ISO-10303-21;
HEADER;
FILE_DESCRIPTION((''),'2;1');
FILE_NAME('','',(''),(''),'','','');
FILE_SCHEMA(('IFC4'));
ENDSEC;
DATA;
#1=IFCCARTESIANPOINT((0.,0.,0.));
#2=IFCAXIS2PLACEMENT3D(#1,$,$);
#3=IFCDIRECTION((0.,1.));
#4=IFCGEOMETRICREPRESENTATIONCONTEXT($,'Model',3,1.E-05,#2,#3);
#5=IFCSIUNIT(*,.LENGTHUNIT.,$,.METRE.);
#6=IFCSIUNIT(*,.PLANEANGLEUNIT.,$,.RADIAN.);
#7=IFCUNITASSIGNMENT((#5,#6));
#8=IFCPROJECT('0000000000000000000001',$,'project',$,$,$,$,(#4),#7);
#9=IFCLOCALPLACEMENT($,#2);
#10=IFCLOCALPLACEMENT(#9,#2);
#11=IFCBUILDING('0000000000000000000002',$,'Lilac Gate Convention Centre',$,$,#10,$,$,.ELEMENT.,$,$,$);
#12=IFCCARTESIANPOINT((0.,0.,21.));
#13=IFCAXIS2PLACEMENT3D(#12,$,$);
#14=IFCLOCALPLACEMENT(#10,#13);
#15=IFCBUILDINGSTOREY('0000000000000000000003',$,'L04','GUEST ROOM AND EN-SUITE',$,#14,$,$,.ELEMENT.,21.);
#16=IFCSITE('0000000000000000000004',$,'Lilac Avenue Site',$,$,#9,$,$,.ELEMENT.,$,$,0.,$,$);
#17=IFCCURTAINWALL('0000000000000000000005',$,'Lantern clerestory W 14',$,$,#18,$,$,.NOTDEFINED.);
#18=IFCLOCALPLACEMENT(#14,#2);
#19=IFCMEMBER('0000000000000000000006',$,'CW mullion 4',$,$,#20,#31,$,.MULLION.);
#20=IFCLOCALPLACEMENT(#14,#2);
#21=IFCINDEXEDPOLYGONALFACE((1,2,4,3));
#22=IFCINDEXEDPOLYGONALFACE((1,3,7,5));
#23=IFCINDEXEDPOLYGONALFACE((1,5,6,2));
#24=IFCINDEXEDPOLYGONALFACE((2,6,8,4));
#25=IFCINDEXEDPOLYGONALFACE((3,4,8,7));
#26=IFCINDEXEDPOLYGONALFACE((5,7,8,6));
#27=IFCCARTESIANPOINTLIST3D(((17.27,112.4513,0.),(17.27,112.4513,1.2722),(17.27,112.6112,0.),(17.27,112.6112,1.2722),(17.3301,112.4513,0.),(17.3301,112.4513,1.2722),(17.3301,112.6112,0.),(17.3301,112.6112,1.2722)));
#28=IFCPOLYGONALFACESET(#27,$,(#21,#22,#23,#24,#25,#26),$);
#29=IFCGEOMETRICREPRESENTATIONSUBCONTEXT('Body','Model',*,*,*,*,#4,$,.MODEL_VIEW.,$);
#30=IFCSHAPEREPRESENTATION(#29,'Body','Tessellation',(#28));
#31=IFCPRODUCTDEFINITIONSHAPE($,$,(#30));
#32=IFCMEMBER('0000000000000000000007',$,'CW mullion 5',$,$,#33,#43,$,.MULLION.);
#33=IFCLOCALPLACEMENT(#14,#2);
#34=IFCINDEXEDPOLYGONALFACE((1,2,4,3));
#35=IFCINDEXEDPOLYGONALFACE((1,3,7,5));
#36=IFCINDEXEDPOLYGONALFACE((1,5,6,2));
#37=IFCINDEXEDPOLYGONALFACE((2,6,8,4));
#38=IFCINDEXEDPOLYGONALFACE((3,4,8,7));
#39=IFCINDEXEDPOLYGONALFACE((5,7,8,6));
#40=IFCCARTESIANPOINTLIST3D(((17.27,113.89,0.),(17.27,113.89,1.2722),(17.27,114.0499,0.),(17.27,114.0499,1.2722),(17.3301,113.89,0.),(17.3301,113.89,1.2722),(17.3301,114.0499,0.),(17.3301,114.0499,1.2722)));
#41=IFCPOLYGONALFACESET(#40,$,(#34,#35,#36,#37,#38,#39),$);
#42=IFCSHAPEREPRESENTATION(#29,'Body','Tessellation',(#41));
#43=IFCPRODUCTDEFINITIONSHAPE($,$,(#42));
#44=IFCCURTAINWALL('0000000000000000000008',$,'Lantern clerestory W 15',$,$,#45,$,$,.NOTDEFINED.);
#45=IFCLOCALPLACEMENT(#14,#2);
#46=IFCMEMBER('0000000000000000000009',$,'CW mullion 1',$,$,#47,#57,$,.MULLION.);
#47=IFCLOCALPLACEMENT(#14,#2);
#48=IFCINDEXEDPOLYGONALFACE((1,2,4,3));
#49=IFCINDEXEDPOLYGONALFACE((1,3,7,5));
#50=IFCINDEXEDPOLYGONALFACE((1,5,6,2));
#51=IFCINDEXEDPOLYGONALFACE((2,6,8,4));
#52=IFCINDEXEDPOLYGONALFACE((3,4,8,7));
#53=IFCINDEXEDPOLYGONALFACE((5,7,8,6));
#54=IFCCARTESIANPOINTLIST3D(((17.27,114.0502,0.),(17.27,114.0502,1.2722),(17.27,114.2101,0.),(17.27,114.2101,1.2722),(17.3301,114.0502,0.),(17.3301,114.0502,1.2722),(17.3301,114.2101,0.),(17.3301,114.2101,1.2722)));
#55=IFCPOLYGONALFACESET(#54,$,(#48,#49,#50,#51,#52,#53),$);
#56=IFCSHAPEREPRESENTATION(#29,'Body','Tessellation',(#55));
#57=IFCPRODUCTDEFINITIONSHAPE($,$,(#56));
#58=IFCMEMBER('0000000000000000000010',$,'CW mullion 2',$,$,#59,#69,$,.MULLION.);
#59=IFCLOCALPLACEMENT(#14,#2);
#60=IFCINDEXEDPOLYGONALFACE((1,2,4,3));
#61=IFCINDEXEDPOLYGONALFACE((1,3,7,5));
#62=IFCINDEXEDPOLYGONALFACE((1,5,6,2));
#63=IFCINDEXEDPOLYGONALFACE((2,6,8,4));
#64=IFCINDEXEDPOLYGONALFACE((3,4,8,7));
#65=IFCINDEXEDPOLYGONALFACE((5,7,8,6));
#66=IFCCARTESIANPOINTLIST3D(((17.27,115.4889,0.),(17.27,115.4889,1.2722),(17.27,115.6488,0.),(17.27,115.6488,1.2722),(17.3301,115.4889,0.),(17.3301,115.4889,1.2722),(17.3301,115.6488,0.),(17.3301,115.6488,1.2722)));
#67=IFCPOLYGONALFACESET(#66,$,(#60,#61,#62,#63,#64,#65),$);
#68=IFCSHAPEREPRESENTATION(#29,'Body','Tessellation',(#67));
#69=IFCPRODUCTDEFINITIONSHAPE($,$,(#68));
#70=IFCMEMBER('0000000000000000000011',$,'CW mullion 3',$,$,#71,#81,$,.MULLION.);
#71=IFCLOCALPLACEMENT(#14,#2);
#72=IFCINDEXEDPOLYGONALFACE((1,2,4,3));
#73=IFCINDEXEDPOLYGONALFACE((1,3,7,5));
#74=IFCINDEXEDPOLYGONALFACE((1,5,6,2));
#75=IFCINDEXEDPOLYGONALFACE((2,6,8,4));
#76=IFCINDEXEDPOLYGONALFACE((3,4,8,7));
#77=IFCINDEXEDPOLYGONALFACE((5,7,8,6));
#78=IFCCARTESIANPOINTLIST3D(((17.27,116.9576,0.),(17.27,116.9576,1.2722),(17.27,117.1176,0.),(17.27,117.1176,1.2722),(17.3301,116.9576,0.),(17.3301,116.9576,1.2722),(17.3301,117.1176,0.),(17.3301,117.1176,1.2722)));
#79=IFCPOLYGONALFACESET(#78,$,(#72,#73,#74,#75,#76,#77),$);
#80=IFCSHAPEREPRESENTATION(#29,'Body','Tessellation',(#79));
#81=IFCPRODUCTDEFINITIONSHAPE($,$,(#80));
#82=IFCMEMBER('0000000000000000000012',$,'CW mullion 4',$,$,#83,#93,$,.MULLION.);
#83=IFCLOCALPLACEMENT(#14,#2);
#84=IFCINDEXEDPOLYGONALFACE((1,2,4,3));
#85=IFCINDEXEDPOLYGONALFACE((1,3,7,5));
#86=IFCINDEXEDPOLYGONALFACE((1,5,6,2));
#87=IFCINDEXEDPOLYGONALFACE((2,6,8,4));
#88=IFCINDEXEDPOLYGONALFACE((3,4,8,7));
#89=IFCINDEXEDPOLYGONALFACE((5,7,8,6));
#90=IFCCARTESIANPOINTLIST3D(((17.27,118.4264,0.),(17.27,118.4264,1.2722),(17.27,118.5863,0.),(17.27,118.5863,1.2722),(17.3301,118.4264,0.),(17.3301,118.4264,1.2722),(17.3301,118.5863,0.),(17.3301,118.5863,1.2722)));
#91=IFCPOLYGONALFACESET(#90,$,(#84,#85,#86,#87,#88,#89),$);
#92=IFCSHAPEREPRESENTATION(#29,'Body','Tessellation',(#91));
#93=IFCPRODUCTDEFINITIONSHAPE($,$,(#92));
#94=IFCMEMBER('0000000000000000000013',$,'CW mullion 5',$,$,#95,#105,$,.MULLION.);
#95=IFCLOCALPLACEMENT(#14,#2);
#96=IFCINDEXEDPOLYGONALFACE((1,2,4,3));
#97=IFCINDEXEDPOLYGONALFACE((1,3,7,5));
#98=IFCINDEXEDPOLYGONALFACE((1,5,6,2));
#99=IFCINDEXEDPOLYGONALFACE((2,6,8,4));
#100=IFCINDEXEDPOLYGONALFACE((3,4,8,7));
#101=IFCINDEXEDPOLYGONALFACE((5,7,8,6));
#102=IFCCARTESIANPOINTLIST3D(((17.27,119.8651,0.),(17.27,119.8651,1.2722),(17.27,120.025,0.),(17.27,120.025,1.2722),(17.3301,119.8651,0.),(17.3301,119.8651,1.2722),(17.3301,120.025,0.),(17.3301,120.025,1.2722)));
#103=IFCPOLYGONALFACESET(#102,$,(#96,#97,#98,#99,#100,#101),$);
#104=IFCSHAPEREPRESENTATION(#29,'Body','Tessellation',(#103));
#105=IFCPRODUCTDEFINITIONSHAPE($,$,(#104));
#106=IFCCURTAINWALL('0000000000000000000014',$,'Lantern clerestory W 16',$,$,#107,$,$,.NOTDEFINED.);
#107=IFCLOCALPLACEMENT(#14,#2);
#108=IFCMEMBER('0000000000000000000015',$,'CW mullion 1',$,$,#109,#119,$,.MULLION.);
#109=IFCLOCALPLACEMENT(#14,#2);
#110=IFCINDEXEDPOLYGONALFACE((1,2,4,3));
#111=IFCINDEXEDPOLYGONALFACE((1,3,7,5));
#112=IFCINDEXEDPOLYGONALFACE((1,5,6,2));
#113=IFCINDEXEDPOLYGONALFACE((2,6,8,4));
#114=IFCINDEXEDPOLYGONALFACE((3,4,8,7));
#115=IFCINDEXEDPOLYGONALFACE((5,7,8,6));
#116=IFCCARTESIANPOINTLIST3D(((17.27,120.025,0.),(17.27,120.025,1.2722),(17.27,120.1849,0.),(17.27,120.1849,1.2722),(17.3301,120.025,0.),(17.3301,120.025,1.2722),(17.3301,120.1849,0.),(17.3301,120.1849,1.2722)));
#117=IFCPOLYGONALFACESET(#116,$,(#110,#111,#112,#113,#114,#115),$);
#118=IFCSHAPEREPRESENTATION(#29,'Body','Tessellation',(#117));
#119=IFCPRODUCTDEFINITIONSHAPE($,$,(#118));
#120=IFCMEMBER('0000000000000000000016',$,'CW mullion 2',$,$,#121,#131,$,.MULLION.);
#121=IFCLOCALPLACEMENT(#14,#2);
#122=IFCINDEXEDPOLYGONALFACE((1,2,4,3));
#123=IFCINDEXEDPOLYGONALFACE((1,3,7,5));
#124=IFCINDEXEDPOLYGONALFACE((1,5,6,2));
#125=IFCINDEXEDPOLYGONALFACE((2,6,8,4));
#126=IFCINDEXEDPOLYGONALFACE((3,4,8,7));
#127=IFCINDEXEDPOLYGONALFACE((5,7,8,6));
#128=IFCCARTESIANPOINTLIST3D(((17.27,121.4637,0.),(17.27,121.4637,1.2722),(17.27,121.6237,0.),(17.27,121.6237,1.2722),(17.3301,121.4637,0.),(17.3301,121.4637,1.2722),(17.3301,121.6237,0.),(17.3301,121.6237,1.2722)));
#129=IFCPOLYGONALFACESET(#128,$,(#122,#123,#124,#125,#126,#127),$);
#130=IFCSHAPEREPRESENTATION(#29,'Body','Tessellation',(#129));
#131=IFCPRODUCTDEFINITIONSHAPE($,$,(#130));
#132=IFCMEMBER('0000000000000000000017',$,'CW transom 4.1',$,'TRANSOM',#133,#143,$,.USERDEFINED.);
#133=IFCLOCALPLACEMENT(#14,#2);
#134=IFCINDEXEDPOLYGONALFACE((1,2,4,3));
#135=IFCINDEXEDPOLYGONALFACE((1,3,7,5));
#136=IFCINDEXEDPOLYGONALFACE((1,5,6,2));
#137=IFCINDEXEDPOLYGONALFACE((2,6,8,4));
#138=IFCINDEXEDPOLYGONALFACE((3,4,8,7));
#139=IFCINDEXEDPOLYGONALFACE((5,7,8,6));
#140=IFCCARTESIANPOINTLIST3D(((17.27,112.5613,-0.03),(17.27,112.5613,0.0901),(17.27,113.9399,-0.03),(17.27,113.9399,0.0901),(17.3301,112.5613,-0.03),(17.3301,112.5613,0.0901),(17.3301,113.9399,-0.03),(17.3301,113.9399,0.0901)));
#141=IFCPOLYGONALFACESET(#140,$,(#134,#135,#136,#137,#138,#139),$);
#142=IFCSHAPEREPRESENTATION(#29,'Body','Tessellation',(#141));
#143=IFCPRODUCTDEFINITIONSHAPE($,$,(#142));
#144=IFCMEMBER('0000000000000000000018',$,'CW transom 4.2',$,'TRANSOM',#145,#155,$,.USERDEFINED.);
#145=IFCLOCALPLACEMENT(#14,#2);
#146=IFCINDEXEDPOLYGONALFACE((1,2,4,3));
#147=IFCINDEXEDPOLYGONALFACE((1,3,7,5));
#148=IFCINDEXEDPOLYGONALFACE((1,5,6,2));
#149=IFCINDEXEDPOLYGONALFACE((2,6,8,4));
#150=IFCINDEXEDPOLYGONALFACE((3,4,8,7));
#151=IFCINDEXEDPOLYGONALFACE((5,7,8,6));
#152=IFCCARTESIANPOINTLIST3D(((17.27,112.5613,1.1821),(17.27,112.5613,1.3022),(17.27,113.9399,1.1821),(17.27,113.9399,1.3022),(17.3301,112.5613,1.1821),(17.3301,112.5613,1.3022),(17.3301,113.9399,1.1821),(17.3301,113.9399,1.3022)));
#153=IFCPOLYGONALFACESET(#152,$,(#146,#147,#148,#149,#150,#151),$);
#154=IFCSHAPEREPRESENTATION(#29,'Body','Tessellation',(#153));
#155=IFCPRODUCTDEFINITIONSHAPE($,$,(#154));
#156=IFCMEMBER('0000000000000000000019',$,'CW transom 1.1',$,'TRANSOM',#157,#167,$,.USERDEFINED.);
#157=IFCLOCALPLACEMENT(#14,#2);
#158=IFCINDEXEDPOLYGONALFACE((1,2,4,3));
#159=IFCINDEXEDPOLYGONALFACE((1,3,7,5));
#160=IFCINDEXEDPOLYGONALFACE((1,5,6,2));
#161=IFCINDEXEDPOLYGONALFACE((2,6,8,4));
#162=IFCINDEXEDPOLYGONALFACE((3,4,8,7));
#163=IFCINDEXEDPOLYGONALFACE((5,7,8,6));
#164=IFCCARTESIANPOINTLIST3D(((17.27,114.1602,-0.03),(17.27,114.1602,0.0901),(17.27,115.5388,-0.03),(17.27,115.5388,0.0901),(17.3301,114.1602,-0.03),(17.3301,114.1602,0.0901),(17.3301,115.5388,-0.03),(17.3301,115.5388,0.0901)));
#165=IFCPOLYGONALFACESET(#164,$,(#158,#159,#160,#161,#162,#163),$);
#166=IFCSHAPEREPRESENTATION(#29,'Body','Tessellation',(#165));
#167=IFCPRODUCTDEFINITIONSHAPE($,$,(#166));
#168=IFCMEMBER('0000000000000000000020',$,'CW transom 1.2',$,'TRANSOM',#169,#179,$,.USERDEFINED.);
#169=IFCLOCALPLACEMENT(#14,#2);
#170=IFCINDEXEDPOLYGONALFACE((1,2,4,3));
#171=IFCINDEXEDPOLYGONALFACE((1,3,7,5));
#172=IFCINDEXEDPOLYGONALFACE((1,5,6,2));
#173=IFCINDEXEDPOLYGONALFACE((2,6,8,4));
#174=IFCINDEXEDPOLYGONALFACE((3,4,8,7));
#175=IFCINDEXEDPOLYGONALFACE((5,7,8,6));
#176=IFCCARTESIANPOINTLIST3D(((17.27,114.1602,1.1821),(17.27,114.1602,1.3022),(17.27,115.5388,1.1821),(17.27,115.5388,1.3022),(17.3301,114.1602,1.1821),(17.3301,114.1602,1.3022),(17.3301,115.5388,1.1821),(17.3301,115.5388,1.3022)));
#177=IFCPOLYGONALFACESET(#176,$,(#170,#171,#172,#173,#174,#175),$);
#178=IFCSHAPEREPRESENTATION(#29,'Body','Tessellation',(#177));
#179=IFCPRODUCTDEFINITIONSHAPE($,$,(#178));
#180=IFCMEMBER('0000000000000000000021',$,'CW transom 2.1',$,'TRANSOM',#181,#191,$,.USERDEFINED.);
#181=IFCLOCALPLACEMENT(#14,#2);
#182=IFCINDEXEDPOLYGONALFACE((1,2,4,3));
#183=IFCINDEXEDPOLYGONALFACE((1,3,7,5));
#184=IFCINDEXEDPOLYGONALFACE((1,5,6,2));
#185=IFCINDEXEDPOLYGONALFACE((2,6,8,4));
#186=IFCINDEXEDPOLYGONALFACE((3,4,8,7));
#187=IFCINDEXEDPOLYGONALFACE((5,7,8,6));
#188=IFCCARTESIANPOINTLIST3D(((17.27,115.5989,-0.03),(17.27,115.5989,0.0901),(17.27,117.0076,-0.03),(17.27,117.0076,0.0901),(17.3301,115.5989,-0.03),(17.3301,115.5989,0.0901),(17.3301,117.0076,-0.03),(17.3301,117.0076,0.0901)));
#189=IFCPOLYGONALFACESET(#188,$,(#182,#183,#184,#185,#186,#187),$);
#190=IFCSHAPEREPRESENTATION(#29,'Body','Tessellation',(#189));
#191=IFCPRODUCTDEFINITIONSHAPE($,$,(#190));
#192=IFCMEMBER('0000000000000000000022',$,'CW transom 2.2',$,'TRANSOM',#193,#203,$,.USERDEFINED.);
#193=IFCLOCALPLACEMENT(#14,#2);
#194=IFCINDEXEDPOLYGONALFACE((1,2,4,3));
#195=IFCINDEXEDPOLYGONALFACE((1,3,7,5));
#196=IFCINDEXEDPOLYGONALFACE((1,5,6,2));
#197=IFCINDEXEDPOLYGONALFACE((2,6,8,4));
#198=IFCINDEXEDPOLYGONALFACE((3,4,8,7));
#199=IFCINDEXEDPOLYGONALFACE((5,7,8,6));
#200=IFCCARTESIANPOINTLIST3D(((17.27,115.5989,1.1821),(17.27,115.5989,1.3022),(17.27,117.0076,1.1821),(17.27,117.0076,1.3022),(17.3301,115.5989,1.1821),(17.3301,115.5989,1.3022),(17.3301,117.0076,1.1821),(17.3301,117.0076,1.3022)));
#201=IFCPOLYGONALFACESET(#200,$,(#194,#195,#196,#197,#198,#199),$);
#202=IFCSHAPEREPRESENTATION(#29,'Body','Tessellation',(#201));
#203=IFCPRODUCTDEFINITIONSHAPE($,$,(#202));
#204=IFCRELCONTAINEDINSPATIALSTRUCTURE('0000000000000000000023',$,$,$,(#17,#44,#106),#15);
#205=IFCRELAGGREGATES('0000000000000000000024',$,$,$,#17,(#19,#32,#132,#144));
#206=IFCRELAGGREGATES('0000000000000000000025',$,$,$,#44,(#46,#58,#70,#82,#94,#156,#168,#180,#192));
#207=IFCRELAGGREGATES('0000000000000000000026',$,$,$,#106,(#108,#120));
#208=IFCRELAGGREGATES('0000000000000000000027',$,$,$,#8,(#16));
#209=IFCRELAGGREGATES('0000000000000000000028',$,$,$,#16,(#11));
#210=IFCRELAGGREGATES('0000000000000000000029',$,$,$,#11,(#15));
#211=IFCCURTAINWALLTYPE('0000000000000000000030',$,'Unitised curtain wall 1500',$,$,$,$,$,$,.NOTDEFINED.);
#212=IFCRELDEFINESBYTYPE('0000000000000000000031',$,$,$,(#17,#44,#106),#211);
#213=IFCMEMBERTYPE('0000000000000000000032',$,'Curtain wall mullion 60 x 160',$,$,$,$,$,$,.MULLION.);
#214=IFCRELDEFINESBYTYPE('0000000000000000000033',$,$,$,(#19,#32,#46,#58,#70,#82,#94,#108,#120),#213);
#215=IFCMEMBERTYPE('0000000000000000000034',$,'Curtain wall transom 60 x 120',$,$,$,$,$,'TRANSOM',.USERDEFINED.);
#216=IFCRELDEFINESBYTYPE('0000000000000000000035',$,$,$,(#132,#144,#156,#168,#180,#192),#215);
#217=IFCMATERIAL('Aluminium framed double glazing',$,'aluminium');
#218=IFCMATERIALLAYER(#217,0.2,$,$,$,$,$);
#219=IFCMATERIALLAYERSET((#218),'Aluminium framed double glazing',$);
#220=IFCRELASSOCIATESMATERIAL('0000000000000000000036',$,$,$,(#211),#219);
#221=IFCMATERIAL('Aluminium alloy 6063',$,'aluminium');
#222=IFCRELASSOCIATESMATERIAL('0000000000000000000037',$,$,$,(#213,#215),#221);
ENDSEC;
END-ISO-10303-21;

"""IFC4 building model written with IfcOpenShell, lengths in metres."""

from ifc_helpers import new_model, si_unit, direction, frame, origin, origin_2d, place, context, subcontext, project, spatial, rectangle, extrude, material, layer, layer_set, material_profile, profile_set, type_object, element, aggregate, save


model = new_model("IFC4")

# Units and contexts
model_context = context("Model", 3, precision=1e-05, world=origin(), true_north=direction((0.0, 1.0)))
body_context = subcontext(model_context, "Body", "Model", "MODEL_VIEW")
ifc_project = project(units=[si_unit("LENGTHUNIT", "METRE"), si_unit("PLANEANGLEUNIT", "RADIAN")], contexts=[model_context])

# Site, building, storey
site_placement = place(None, origin())
site = spatial("IfcSite", under=ifc_project, at=site_placement, Name="Lilac Avenue Site", CompositionType="ELEMENT", RefElevation=0.0)
building_placement = place(site_placement, origin())
building = spatial("IfcBuilding", under=site, at=building_placement, Name="Lilac Gate Convention Centre", CompositionType="ELEMENT")
storey_placement = place(building_placement, frame((0.0, 0.0, 21.0)))
storey = spatial("IfcBuildingStorey", under=building, at=storey_placement, Name="L04", Description="GUEST ROOM AND EN-SUITE", CompositionType="ELEMENT", Elevation=21.0)

# Curtain walls, members
ifc_material_1 = material(Name="Aluminium framed double glazing", Category="aluminium")
ifc_layer_1 = layer(ifc_material_1, 0.2)
ifc_layer_set_1 = layer_set([ifc_layer_1], Name="Aluminium framed double glazing")
curtain_wall_type = type_object("IfcCurtainWallType", Name="Unitised curtain wall 1500", PredefinedType="NOTDEFINED", material=ifc_layer_set_1)
curtain_wall_1_placement = place(storey_placement, origin())
curtain_wall_1 = element("IfcCurtainWall", 1, at=curtain_wall_1_placement, inside=storey, type_object=curtain_wall_type, Name="Lantern clerestory W 14", PredefinedType="NOTDEFINED")
ifc_material_2 = material(Name="Aluminium alloy 6063", Category="aluminium")
ifc_material_profile_1 = material_profile(ifc_material_2, rectangle(XDim=0.0601, YDim=0.1599, at=origin_2d()), Name="Curtain wall mullion 60 x 160")
ifc_profile_set_1 = profile_set([ifc_material_profile_1], Name="Aluminium alloy 6063")
member_type_1 = type_object("IfcMemberType", Name="Curtain wall mullion 60 x 160", PredefinedType="MULLION", material=ifc_profile_set_1)
member_1_placement = place(storey_placement, frame((17.3, 112.5312, 0.0), z_axis=(0.0, 0.0, 1.0), x_axis=(-1.0, 0.0, 0.0)))
member_1 = element("IfcMember", 2, at=member_1_placement, type_object=member_type_1, Name="CW mullion 4", PredefinedType="MULLION", context=body_context, shape_type="SweptSolid", body=[
    extrude(rectangle(XDim=0.0601, YDim=0.1599, at=origin_2d()), origin(), (0.0, 0.0, 1.0), 1.2722),
])
member_2_placement = place(storey_placement, frame((17.3, 113.97, 0.0), z_axis=(0.0, 0.0, 1.0), x_axis=(-1.0, 0.0, 0.0)))
member_2 = element("IfcMember", 3, at=member_2_placement, type_object=member_type_1, Name="CW mullion 5", PredefinedType="MULLION", context=body_context, shape_type="SweptSolid", body=[
    extrude(rectangle(XDim=0.0601, YDim=0.1599, at=origin_2d()), origin(), (0.0, 0.0, 1.0), 1.2722),
])
curtain_wall_2_placement = place(storey_placement, origin())
curtain_wall_2 = element("IfcCurtainWall", 4, at=curtain_wall_2_placement, inside=storey, type_object=curtain_wall_type, Name="Lantern clerestory W 15", PredefinedType="NOTDEFINED")
member_3_placement = place(storey_placement, frame((17.3, 114.1301, 0.0), z_axis=(0.0, 0.0, 1.0), x_axis=(-1.0, 0.0, 0.0)))
member_3 = element("IfcMember", 5, at=member_3_placement, type_object=member_type_1, Name="CW mullion 1", PredefinedType="MULLION", context=body_context, shape_type="SweptSolid", body=[
    extrude(rectangle(XDim=0.0601, YDim=0.1599, at=origin_2d()), origin(), (0.0, 0.0, 1.0), 1.2722),
])
member_4_placement = place(storey_placement, frame((17.3, 115.5688, 0.0), z_axis=(0.0, 0.0, 1.0), x_axis=(-1.0, 0.0, 0.0)))
member_4 = element("IfcMember", 6, at=member_4_placement, type_object=member_type_1, Name="CW mullion 2", PredefinedType="MULLION", context=body_context, shape_type="SweptSolid", body=[
    extrude(rectangle(XDim=0.0601, YDim=0.1599, at=origin_2d()), origin(), (0.0, 0.0, 1.0), 1.2722),
])
member_5_placement = place(storey_placement, frame((17.3, 117.0376, 0.0), z_axis=(0.0, 0.0, 1.0), x_axis=(-1.0, 0.0, 0.0)))
member_5 = element("IfcMember", 7, at=member_5_placement, type_object=member_type_1, Name="CW mullion 3", PredefinedType="MULLION", context=body_context, shape_type="SweptSolid", body=[
    extrude(rectangle(XDim=0.0601, YDim=0.1599, at=origin_2d()), origin(), (0.0, 0.0, 1.0), 1.2722),
])
member_6_placement = place(storey_placement, frame((17.3, 118.5063, 0.0), z_axis=(0.0, 0.0, 1.0), x_axis=(-1.0, 0.0, 0.0)))
member_6 = element("IfcMember", 8, at=member_6_placement, type_object=member_type_1, Name="CW mullion 4", PredefinedType="MULLION", context=body_context, shape_type="SweptSolid", body=[
    extrude(rectangle(XDim=0.0601, YDim=0.1599, at=origin_2d()), origin(), (0.0, 0.0, 1.0), 1.2722),
])
member_7_placement = place(storey_placement, frame((17.3, 119.9451, 0.0), z_axis=(0.0, 0.0, 1.0), x_axis=(-1.0, 0.0, 0.0)))
member_7 = element("IfcMember", 9, at=member_7_placement, type_object=member_type_1, Name="CW mullion 5", PredefinedType="MULLION", context=body_context, shape_type="SweptSolid", body=[
    extrude(rectangle(XDim=0.0601, YDim=0.1599, at=origin_2d()), origin(), (0.0, 0.0, 1.0), 1.2722),
])
curtain_wall_3_placement = place(storey_placement, origin())
curtain_wall_3 = element("IfcCurtainWall", 10, at=curtain_wall_3_placement, inside=storey, type_object=curtain_wall_type, Name="Lantern clerestory W 16", PredefinedType="NOTDEFINED")
member_8_placement = place(storey_placement, frame((17.3, 120.105, 0.0), z_axis=(0.0, 0.0, 1.0), x_axis=(-1.0, 0.0, 0.0)))
member_8 = element("IfcMember", 11, at=member_8_placement, type_object=member_type_1, Name="CW mullion 1", PredefinedType="MULLION", context=body_context, shape_type="SweptSolid", body=[
    extrude(rectangle(XDim=0.0601, YDim=0.1599, at=origin_2d()), origin(), (0.0, 0.0, 1.0), 1.2722),
])
member_9_placement = place(storey_placement, frame((17.3, 121.5437, 0.0), z_axis=(0.0, 0.0, 1.0), x_axis=(-1.0, 0.0, 0.0)))
member_9 = element("IfcMember", 12, at=member_9_placement, type_object=member_type_1, Name="CW mullion 2", PredefinedType="MULLION", context=body_context, shape_type="SweptSolid", body=[
    extrude(rectangle(XDim=0.0601, YDim=0.1599, at=origin_2d()), origin(), (0.0, 0.0, 1.0), 1.2722),
])

# Members
ifc_material_profile_2 = material_profile(ifc_material_2, rectangle(XDim=0.0601, YDim=0.1201, at=origin_2d()), Name="Curtain wall transom 60 x 120")
ifc_profile_set_2 = profile_set([ifc_material_profile_2], Name="Aluminium alloy 6063")
member_type_2 = type_object("IfcMemberType", Name="Curtain wall transom 60 x 120", ElementType="TRANSOM", PredefinedType="USERDEFINED", material=ifc_profile_set_2)
member_10_placement = place(storey_placement, frame((17.3, 112.5613, 0.03), z_axis=(0.0, 1.0, 0.0), x_axis=(-1.0, 0.0, 0.0)))
member_10 = element("IfcMember", 13, at=member_10_placement, type_object=member_type_2, Name="CW transom 4.1", ObjectType="TRANSOM", PredefinedType="USERDEFINED", context=body_context, shape_type="SweptSolid", body=[
    extrude(rectangle(XDim=0.0601, YDim=0.1201, at=origin_2d()), origin(), (0.0, 0.0, 1.0), 1.3787),
])
member_11_placement = place(storey_placement, frame((17.3, 112.5613, 1.2422), z_axis=(0.0, 1.0, 0.0), x_axis=(-1.0, 0.0, 0.0)))
member_11 = element("IfcMember", 14, at=member_11_placement, type_object=member_type_2, Name="CW transom 4.2", ObjectType="TRANSOM", PredefinedType="USERDEFINED", context=body_context, shape_type="SweptSolid", body=[
    extrude(rectangle(XDim=0.0601, YDim=0.1201, at=origin_2d()), origin(), (0.0, 0.0, 1.0), 1.3787),
])
member_12_placement = place(storey_placement, frame((17.3, 114.1602, 0.03), z_axis=(0.0, 1.0, 0.0), x_axis=(-1.0, 0.0, 0.0)))
member_12 = element("IfcMember", 15, at=member_12_placement, type_object=member_type_2, Name="CW transom 1.1", ObjectType="TRANSOM", PredefinedType="USERDEFINED", context=body_context, shape_type="SweptSolid", body=[
    extrude(rectangle(XDim=0.0601, YDim=0.1201, at=origin_2d()), origin(), (0.0, 0.0, 1.0), 1.3787),
])
member_13_placement = place(storey_placement, frame((17.3, 114.1602, 1.2422), z_axis=(0.0, 1.0, 0.0), x_axis=(-1.0, 0.0, 0.0)))
member_13 = element("IfcMember", 16, at=member_13_placement, type_object=member_type_2, Name="CW transom 1.2", ObjectType="TRANSOM", PredefinedType="USERDEFINED", context=body_context, shape_type="SweptSolid", body=[
    extrude(rectangle(XDim=0.0601, YDim=0.1201, at=origin_2d()), origin(), (0.0, 0.0, 1.0), 1.3787),
])
member_14_placement = place(storey_placement, frame((17.3, 115.5989, 0.03), z_axis=(0.0, 1.0, 0.0), x_axis=(-1.0, 0.0, 0.0)))
member_14 = element("IfcMember", 17, at=member_14_placement, type_object=member_type_2, Name="CW transom 2.1", ObjectType="TRANSOM", PredefinedType="USERDEFINED", context=body_context, shape_type="SweptSolid", body=[
    extrude(rectangle(XDim=0.0601, YDim=0.1201, at=origin_2d()), origin(), (0.0, 0.0, 1.0), 1.4087),
])
member_15_placement = place(storey_placement, frame((17.3, 115.5989, 1.2422), z_axis=(0.0, 1.0, 0.0), x_axis=(-1.0, 0.0, 0.0)))
member_15 = element("IfcMember", 18, at=member_15_placement, type_object=member_type_2, Name="CW transom 2.2", ObjectType="TRANSOM", PredefinedType="USERDEFINED", context=body_context, shape_type="SweptSolid", body=[
    extrude(rectangle(XDim=0.0601, YDim=0.1201, at=origin_2d()), origin(), (0.0, 0.0, 1.0), 1.4087),
])

aggregate(curtain_wall_1, [member_1, member_2, member_10, member_11])
aggregate(curtain_wall_2, [member_3, member_4, member_5, member_6, member_7, member_12, member_13, member_14, member_15])
aggregate(curtain_wall_3, [member_8, member_9])

save(model, "model.ifc")
